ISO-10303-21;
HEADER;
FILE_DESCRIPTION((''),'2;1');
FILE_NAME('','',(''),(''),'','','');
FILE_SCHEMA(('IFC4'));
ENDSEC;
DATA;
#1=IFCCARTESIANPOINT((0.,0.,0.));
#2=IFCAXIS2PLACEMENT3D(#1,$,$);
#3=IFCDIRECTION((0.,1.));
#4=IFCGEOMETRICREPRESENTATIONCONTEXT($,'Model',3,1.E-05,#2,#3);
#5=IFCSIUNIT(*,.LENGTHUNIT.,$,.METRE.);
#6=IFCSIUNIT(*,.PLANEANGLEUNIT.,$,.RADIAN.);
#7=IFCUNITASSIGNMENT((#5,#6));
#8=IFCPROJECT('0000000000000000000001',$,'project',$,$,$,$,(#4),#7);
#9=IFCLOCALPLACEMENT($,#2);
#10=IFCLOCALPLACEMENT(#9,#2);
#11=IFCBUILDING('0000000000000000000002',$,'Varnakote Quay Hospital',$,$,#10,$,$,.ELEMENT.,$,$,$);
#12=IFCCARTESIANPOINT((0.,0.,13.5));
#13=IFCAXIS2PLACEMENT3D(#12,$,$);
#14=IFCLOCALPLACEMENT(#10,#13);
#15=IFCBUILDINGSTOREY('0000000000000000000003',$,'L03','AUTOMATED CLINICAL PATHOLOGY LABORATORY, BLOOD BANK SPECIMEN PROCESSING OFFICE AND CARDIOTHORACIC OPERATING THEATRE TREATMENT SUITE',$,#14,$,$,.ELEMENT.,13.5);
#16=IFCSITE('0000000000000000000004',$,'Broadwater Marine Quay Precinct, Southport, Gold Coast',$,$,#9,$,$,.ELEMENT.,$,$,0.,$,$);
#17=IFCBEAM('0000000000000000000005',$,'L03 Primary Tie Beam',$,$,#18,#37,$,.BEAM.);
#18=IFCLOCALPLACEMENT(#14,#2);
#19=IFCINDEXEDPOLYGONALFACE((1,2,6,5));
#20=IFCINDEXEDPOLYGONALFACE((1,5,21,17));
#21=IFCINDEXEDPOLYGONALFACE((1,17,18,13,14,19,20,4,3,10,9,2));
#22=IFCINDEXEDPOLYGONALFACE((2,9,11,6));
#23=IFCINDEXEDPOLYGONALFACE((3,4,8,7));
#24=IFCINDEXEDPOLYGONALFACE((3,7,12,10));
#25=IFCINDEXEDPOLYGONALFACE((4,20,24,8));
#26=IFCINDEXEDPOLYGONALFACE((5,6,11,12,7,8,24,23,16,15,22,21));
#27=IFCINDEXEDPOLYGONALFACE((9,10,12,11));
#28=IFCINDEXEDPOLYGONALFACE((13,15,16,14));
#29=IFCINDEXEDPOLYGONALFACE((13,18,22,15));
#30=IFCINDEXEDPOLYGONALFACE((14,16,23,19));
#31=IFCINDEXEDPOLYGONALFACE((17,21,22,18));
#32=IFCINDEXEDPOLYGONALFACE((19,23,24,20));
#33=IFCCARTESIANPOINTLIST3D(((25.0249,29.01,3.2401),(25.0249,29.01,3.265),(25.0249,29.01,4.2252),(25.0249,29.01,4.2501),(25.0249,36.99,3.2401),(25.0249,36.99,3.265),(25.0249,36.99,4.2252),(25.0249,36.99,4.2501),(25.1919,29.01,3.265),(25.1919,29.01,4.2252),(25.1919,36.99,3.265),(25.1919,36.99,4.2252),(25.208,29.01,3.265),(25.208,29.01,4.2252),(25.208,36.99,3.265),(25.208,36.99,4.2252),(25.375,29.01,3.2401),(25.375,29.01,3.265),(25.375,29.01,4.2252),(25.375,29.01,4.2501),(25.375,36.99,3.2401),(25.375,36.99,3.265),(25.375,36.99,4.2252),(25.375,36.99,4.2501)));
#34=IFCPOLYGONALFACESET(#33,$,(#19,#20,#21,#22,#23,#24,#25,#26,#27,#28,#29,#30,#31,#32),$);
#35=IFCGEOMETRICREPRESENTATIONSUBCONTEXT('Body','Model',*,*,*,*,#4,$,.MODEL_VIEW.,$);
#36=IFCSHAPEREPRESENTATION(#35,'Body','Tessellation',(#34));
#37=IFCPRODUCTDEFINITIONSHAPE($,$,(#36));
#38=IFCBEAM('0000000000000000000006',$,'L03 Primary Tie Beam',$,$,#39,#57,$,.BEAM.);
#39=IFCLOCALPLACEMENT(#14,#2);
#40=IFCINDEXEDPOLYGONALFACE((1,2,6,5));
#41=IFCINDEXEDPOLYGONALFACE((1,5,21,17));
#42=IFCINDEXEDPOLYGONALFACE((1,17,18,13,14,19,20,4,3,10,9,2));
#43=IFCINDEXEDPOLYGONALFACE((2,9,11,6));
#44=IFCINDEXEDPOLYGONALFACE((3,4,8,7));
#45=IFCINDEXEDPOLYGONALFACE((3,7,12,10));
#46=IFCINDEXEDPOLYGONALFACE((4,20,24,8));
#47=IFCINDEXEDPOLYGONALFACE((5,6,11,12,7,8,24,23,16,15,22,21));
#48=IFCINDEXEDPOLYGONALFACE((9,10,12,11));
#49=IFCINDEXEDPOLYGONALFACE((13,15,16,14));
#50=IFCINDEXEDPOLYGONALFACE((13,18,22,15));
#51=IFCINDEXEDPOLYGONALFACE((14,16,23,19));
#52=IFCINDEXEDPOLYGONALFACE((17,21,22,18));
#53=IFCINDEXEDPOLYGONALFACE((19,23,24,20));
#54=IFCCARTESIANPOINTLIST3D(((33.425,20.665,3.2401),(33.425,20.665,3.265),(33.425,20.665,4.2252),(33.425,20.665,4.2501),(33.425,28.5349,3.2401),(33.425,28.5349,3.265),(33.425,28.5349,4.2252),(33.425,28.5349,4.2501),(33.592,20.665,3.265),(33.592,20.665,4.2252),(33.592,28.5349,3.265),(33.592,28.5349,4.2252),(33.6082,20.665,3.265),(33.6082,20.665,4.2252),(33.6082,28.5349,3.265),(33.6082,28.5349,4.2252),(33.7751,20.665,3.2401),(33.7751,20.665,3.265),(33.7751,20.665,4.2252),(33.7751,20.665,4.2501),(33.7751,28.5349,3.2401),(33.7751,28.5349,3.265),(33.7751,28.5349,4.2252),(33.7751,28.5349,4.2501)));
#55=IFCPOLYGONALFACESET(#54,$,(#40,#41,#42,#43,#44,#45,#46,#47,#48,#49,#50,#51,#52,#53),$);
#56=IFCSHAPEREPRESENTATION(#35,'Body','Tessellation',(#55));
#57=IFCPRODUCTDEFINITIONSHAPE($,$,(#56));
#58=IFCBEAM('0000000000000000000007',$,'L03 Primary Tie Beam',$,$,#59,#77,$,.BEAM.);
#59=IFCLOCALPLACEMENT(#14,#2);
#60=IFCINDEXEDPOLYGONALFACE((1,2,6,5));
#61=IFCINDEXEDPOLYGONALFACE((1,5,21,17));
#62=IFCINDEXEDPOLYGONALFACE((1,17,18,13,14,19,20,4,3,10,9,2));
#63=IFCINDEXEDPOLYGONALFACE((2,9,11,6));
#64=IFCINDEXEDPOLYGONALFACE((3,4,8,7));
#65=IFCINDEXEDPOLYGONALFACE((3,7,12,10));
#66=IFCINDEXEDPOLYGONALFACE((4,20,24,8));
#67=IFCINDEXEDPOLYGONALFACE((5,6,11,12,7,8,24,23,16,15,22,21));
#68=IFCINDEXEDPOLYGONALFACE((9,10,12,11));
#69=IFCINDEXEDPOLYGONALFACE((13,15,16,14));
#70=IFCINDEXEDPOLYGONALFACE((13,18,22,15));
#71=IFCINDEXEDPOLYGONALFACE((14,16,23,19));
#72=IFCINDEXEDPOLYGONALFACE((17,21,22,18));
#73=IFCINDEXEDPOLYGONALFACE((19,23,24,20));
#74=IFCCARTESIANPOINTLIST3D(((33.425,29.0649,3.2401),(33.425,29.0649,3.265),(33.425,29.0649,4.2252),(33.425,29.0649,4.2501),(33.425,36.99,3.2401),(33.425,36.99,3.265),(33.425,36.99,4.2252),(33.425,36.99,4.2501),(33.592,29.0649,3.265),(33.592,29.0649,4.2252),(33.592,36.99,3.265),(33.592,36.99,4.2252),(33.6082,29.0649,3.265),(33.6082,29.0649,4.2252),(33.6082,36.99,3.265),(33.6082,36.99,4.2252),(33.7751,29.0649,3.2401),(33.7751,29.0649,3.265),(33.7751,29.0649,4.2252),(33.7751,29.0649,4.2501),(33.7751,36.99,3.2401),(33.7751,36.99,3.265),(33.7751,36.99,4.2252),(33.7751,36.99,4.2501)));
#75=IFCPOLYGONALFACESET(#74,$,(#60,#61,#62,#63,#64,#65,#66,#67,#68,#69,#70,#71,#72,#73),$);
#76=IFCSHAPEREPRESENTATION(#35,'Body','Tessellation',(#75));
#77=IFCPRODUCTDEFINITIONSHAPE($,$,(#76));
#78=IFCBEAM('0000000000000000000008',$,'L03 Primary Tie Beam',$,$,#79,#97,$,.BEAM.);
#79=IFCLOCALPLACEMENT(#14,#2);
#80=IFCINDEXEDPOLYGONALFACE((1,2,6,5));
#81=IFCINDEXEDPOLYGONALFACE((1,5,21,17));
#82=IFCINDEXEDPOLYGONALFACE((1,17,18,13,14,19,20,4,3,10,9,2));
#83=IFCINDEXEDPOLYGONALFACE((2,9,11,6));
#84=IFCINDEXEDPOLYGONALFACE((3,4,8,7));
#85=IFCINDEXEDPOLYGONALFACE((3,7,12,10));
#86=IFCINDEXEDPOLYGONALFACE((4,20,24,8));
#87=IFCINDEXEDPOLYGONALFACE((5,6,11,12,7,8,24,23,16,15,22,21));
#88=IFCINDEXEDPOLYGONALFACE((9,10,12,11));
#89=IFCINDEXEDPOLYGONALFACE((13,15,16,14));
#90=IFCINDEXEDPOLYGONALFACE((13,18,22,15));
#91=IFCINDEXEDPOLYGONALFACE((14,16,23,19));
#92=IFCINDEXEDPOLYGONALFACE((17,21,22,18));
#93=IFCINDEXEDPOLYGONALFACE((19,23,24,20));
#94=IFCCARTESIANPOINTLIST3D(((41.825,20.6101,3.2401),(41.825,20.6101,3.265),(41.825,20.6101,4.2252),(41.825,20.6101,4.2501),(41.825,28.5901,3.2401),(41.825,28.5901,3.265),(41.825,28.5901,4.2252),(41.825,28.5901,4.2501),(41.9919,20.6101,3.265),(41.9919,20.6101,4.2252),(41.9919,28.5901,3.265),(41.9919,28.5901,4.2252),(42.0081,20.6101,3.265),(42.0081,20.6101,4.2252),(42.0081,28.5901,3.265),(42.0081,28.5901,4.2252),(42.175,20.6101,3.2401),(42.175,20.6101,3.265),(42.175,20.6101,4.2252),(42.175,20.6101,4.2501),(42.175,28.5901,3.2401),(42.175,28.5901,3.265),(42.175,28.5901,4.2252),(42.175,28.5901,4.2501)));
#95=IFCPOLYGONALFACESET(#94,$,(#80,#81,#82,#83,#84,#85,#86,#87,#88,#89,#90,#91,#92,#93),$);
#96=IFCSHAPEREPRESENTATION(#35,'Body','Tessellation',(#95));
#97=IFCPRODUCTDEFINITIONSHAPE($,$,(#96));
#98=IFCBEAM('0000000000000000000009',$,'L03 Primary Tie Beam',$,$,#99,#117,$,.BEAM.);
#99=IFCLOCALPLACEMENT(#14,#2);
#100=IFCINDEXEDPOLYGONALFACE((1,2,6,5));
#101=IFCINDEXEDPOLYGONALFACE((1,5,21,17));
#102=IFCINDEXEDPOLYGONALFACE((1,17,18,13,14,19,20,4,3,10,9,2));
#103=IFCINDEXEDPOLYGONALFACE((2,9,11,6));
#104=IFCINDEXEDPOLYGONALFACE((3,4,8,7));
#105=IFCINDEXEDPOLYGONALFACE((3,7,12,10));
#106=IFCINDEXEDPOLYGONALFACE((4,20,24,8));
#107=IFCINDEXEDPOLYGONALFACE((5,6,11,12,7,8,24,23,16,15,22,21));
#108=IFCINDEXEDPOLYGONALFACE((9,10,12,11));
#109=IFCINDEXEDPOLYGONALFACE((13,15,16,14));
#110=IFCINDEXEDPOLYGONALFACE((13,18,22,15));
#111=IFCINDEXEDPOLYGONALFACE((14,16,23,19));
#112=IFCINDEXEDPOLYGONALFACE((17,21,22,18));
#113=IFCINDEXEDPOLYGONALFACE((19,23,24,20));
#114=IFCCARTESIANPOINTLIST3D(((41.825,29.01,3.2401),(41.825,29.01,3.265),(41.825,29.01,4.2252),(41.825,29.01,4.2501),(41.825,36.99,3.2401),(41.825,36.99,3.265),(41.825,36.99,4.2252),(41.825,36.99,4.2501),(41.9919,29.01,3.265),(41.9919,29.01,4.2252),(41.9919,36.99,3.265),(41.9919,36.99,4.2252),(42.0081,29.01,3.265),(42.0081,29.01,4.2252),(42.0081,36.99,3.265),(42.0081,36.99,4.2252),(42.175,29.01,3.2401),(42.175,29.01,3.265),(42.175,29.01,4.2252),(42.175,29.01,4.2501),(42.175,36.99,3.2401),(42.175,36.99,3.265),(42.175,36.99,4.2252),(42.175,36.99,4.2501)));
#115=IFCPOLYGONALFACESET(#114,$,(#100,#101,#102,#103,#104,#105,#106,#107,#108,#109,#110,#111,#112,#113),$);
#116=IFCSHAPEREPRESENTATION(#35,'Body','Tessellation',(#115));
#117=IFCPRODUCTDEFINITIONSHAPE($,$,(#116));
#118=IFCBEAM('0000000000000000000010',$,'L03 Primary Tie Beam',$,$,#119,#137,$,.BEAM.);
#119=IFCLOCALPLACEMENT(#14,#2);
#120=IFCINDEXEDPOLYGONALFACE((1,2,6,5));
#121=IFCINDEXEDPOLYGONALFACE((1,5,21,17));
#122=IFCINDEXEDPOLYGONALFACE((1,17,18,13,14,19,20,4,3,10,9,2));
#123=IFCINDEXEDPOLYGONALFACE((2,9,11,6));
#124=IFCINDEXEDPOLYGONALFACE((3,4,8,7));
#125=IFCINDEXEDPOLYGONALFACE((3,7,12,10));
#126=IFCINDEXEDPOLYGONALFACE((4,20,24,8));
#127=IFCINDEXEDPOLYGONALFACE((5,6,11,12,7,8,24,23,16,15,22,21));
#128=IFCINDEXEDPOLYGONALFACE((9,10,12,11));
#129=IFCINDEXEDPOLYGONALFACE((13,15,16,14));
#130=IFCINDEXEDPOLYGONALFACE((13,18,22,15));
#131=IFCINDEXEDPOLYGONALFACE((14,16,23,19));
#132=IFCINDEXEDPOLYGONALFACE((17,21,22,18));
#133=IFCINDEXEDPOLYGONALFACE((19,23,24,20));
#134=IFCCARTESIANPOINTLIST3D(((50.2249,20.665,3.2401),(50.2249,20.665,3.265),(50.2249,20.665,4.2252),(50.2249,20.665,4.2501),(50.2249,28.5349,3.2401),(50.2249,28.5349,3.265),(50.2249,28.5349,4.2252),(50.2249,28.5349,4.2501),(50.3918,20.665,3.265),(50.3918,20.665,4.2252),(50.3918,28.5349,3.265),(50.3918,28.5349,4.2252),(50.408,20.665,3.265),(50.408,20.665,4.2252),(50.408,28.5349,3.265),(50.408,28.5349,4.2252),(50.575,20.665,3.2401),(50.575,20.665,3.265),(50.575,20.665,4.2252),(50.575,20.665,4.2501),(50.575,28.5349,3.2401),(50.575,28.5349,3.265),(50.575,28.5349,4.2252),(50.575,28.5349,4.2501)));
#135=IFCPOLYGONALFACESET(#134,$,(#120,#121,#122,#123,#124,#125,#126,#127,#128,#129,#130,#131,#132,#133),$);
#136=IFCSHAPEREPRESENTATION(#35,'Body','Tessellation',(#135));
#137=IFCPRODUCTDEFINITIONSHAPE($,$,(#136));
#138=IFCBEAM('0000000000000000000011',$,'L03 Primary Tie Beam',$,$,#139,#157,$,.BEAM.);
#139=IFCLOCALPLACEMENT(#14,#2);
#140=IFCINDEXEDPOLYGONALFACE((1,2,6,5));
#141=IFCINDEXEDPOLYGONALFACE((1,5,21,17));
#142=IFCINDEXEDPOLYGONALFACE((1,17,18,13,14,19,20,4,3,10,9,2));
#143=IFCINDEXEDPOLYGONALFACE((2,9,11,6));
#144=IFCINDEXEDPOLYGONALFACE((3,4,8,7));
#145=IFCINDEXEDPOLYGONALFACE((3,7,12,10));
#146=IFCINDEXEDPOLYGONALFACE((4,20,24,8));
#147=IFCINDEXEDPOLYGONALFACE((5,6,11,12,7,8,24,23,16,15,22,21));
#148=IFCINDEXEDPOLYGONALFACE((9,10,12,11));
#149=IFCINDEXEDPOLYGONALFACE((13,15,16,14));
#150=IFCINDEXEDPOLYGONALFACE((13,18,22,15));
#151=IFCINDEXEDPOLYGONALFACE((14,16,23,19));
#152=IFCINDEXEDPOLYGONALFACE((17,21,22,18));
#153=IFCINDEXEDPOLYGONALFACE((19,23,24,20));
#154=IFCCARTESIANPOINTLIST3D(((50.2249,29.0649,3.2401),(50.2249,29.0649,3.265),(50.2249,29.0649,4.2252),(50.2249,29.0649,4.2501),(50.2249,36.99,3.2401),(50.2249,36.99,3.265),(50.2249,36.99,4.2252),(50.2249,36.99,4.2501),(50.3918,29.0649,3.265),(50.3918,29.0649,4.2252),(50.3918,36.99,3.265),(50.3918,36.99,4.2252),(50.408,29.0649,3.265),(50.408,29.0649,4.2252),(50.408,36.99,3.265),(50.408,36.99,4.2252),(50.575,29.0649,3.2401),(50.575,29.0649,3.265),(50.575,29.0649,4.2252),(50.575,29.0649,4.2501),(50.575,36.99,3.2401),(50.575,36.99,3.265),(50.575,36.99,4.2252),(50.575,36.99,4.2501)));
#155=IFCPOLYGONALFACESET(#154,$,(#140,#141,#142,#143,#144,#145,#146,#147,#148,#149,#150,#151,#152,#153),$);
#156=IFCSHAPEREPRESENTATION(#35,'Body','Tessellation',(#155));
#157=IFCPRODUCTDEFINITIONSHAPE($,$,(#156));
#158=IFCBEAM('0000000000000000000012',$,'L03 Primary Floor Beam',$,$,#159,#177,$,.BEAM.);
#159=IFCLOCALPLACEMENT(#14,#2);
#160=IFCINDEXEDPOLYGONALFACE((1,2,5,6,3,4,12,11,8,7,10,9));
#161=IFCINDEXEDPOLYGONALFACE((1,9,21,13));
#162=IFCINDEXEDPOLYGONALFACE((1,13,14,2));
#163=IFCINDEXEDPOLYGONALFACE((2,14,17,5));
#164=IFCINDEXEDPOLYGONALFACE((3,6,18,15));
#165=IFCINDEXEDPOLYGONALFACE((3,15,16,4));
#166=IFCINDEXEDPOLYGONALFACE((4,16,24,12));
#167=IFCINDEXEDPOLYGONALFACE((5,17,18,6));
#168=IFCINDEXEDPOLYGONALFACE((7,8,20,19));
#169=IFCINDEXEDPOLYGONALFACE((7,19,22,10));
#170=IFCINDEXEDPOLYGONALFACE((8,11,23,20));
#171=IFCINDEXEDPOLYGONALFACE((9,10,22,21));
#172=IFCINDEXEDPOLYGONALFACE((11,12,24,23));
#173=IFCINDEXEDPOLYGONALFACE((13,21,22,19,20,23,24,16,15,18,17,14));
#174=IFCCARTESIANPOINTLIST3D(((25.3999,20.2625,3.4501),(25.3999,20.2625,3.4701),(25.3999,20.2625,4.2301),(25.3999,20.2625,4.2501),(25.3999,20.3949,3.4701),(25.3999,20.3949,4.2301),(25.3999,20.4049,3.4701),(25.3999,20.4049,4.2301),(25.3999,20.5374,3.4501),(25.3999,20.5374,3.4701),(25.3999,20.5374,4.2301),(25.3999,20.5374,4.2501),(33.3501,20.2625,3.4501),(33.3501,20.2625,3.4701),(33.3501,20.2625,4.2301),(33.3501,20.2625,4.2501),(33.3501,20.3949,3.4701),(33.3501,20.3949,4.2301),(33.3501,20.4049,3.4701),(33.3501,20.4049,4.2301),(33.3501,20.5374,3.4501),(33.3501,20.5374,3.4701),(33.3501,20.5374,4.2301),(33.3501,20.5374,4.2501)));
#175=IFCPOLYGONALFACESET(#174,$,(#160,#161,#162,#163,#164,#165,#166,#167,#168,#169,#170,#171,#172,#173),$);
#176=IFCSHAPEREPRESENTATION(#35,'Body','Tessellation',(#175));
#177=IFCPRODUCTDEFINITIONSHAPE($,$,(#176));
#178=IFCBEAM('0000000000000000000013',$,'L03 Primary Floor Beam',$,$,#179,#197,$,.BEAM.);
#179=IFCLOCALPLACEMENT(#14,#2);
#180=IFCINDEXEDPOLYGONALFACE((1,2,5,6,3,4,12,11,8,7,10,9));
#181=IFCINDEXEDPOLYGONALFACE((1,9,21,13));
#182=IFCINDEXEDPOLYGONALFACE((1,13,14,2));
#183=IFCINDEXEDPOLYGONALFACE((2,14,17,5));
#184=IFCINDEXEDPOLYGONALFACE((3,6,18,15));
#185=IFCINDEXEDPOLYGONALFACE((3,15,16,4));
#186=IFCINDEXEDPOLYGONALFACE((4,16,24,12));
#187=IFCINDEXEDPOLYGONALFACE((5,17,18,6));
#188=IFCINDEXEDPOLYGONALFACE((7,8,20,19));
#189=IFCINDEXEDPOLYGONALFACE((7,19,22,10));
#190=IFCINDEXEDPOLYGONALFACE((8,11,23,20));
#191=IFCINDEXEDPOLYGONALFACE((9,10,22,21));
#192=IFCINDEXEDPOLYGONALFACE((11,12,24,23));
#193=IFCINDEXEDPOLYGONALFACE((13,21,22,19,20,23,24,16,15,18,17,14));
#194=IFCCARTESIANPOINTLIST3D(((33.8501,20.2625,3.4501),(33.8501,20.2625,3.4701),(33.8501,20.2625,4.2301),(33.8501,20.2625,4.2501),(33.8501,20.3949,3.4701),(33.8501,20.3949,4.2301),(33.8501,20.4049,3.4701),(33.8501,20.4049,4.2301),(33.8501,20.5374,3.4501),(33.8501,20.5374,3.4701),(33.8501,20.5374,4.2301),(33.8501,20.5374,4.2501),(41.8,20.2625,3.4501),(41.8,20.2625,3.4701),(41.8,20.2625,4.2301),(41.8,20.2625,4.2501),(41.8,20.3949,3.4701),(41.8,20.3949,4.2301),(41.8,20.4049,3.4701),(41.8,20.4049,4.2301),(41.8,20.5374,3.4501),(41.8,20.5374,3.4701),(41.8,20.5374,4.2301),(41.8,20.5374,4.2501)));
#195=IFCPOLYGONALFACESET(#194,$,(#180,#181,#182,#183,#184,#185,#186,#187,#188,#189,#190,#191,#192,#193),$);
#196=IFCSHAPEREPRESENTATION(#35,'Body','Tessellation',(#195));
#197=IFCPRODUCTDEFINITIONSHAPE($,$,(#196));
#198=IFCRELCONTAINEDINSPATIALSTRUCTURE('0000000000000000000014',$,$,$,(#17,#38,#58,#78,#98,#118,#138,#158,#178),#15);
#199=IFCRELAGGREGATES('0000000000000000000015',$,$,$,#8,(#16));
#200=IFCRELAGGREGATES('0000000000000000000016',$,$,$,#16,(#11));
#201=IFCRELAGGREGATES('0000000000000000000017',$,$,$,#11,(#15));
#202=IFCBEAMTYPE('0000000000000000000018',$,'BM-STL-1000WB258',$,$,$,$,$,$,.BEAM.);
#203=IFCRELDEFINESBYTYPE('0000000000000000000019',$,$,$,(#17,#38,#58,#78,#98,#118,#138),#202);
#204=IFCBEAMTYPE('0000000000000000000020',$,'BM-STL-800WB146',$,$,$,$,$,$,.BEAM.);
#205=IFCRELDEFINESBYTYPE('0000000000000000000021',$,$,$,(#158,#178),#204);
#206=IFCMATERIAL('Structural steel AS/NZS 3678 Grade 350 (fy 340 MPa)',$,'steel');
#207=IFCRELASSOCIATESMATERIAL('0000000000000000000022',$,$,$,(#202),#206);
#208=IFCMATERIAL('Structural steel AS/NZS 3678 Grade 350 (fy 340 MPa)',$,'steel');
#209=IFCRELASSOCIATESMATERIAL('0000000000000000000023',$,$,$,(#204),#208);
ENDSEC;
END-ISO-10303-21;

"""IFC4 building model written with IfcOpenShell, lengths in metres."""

from ifc_helpers import new_model, si_unit, direction, frame, origin, origin_2d, place, context, subcontext, project, spatial, i_section, extrude, material, material_profile, profile_set, type_object, element, save


model = new_model("IFC4")

# Units and contexts
model_context = context("Model", 3, precision=1e-05, world=origin(), true_north=direction((0.0, 1.0)))
body_context = subcontext(model_context, "Body", "Model", "MODEL_VIEW")
ifc_project = project(units=[si_unit("LENGTHUNIT", "METRE"), si_unit("PLANEANGLEUNIT", "RADIAN")], contexts=[model_context])

# Site, building, storey
site_placement = place(None, origin())
site = spatial("IfcSite", under=ifc_project, at=site_placement, Name="Broadwater Marine Quay Precinct, Southport, Gold Coast", CompositionType="ELEMENT", RefElevation=0.0)
building_placement = place(site_placement, origin())
building = spatial("IfcBuilding", under=site, at=building_placement, Name="Varnakote Quay Hospital", CompositionType="ELEMENT")
storey_placement = place(building_placement, frame((0.0, 0.0, 13.5)))
storey = spatial("IfcBuildingStorey", under=building, at=storey_placement, Name="L03", Description="AUTOMATED CLINICAL PATHOLOGY LABORATORY, BLOOD BANK SPECIMEN PROCESSING OFFICE AND CARDIOTHORACIC OPERATING THEATRE TREATMENT SUITE", CompositionType="ELEMENT", Elevation=13.5)

# Beams
ifc_material_1 = material(Name="Structural steel AS/NZS 3678 Grade 350 (fy 340 MPa)", Category="steel")
ifc_material_profile_1 = material_profile(ifc_material_1, i_section(OverallWidth=0.3501, OverallDepth=1.01, WebThickness=0.0161, FlangeThickness=0.0249, at=origin_2d()), Name="1000WB258")
ifc_profile_set_1 = profile_set([ifc_material_profile_1], Name="Structural steel AS/NZS 3678 Grade 350 (fy 340 MPa)")
beam_type_1 = type_object("IfcBeamType", Name="BM-STL-1000WB258", PredefinedType="BEAM", material=ifc_profile_set_1)
for number, where, z_axis, x_axis, name in (
    (1, (25.2, 29.01, 3.7451), (0.0, 1.0, 0.0), (-1.0, 0.0, 0.0), "L03 Primary Tie Beam"),
):
    element("IfcBeam", number, at=place(storey_placement, frame(where, z_axis=z_axis, x_axis=x_axis)), inside=storey, type_object=beam_type_1, Name=name, PredefinedType="BEAM", context=body_context, shape_type="SweptSolid", body=[
        extrude(i_section(OverallWidth=0.3501, OverallDepth=1.01, WebThickness=0.0161, FlangeThickness=0.0249, at=origin_2d()), origin(), (0.0, 0.0, 1.0), 7.98),
    ])
beam_1_placement = place(storey_placement, frame((33.6001, 20.665, 3.7451), z_axis=(0.0, 1.0, 0.0), x_axis=(-1.0, 0.0, 0.0)))
element("IfcBeam", 2, at=beam_1_placement, inside=storey, type_object=beam_type_1, Name="L03 Primary Tie Beam", PredefinedType="BEAM", context=body_context, shape_type="SweptSolid", body=[
    extrude(i_section(OverallWidth=0.3501, OverallDepth=1.01, WebThickness=0.0161, FlangeThickness=0.0249, at=origin_2d()), origin(), (0.0, 0.0, 1.0), 7.8699),
])
beam_2_placement = place(storey_placement, frame((33.6001, 29.0649, 3.7451), z_axis=(0.0, 1.0, 0.0), x_axis=(-1.0, 0.0, 0.0)))
element("IfcBeam", 3, at=beam_2_placement, inside=storey, type_object=beam_type_1, Name="L03 Primary Tie Beam", PredefinedType="BEAM", context=body_context, shape_type="SweptSolid", body=[
    extrude(i_section(OverallWidth=0.3501, OverallDepth=1.01, WebThickness=0.0161, FlangeThickness=0.0249, at=origin_2d()), origin(), (0.0, 0.0, 1.0), 7.925),
])
for number, where, z_axis, x_axis, name in (
    (4, (42.0, 20.6101, 3.7451), (0.0, 1.0, 0.0), (-1.0, 0.0, 0.0), "L03 Primary Tie Beam"),
    (5, (42.0, 29.01, 3.7451), (0.0, 1.0, 0.0), (-1.0, 0.0, 0.0), "L03 Primary Tie Beam"),
):
    element("IfcBeam", number, at=place(storey_placement, frame(where, z_axis=z_axis, x_axis=x_axis)), inside=storey, type_object=beam_type_1, Name=name, PredefinedType="BEAM", context=body_context, shape_type="SweptSolid", body=[
        extrude(i_section(OverallWidth=0.3501, OverallDepth=1.01, WebThickness=0.0161, FlangeThickness=0.0249, at=origin_2d()), origin(), (0.0, 0.0, 1.0), 7.98),
    ])
beam_3_placement = place(storey_placement, frame((50.3999, 20.665, 3.7451), z_axis=(0.0, 1.0, 0.0), x_axis=(-1.0, 0.0, 0.0)))
element("IfcBeam", 6, at=beam_3_placement, inside=storey, type_object=beam_type_1, Name="L03 Primary Tie Beam", PredefinedType="BEAM", context=body_context, shape_type="SweptSolid", body=[
    extrude(i_section(OverallWidth=0.3501, OverallDepth=1.01, WebThickness=0.0161, FlangeThickness=0.0249, at=origin_2d()), origin(), (0.0, 0.0, 1.0), 7.8699),
])
beam_4_placement = place(storey_placement, frame((50.3999, 29.0649, 3.7451), z_axis=(0.0, 1.0, 0.0), x_axis=(-1.0, 0.0, 0.0)))
element("IfcBeam", 7, at=beam_4_placement, inside=storey, type_object=beam_type_1, Name="L03 Primary Tie Beam", PredefinedType="BEAM", context=body_context, shape_type="SweptSolid", body=[
    extrude(i_section(OverallWidth=0.3501, OverallDepth=1.01, WebThickness=0.0161, FlangeThickness=0.0249, at=origin_2d()), origin(), (0.0, 0.0, 1.0), 7.925),
])
ifc_material_2 = material(Name="Structural steel AS/NZS 3678 Grade 350 (fy 340 MPa)", Category="steel")
ifc_material_profile_2 = material_profile(ifc_material_2, i_section(OverallWidth=0.2749, OverallDepth=0.8, WebThickness=0.01, FlangeThickness=0.02, at=origin_2d()), Name="800WB146")
ifc_profile_set_2 = profile_set([ifc_material_profile_2], Name="Structural steel AS/NZS 3678 Grade 350 (fy 340 MPa)")
beam_type_2 = type_object("IfcBeamType", Name="BM-STL-800WB146", PredefinedType="BEAM", material=ifc_profile_set_2)
beam_5_placement = place(storey_placement, frame((25.3999, 20.3999, 3.8501), z_axis=(1.0, 0.0, 0.0), x_axis=(0.0, 1.0, 0.0)))
element("IfcBeam", 8, at=beam_5_placement, inside=storey, type_object=beam_type_2, Name="L03 Primary Floor Beam", PredefinedType="BEAM", context=body_context, shape_type="SweptSolid", body=[
    extrude(i_section(OverallWidth=0.2749, OverallDepth=0.8, WebThickness=0.01, FlangeThickness=0.02, at=origin_2d()), origin(), (0.0, 0.0, 1.0), 7.9502),
])
for number, where, z_axis, x_axis, name in (
    (9, (33.8501, 20.3999, 3.8501), (1.0, 0.0, 0.0), (0.0, 1.0, 0.0), "L03 Primary Floor Beam"),
):
    element("IfcBeam", number, at=place(storey_placement, frame(where, z_axis=z_axis, x_axis=x_axis)), inside=storey, type_object=beam_type_2, Name=name, PredefinedType="BEAM", context=body_context, shape_type="SweptSolid", body=[
        extrude(i_section(OverallWidth=0.2749, OverallDepth=0.8, WebThickness=0.01, FlangeThickness=0.02, at=origin_2d()), origin(), (0.0, 0.0, 1.0), 7.95),
    ])

save(model, "model.ifc")
